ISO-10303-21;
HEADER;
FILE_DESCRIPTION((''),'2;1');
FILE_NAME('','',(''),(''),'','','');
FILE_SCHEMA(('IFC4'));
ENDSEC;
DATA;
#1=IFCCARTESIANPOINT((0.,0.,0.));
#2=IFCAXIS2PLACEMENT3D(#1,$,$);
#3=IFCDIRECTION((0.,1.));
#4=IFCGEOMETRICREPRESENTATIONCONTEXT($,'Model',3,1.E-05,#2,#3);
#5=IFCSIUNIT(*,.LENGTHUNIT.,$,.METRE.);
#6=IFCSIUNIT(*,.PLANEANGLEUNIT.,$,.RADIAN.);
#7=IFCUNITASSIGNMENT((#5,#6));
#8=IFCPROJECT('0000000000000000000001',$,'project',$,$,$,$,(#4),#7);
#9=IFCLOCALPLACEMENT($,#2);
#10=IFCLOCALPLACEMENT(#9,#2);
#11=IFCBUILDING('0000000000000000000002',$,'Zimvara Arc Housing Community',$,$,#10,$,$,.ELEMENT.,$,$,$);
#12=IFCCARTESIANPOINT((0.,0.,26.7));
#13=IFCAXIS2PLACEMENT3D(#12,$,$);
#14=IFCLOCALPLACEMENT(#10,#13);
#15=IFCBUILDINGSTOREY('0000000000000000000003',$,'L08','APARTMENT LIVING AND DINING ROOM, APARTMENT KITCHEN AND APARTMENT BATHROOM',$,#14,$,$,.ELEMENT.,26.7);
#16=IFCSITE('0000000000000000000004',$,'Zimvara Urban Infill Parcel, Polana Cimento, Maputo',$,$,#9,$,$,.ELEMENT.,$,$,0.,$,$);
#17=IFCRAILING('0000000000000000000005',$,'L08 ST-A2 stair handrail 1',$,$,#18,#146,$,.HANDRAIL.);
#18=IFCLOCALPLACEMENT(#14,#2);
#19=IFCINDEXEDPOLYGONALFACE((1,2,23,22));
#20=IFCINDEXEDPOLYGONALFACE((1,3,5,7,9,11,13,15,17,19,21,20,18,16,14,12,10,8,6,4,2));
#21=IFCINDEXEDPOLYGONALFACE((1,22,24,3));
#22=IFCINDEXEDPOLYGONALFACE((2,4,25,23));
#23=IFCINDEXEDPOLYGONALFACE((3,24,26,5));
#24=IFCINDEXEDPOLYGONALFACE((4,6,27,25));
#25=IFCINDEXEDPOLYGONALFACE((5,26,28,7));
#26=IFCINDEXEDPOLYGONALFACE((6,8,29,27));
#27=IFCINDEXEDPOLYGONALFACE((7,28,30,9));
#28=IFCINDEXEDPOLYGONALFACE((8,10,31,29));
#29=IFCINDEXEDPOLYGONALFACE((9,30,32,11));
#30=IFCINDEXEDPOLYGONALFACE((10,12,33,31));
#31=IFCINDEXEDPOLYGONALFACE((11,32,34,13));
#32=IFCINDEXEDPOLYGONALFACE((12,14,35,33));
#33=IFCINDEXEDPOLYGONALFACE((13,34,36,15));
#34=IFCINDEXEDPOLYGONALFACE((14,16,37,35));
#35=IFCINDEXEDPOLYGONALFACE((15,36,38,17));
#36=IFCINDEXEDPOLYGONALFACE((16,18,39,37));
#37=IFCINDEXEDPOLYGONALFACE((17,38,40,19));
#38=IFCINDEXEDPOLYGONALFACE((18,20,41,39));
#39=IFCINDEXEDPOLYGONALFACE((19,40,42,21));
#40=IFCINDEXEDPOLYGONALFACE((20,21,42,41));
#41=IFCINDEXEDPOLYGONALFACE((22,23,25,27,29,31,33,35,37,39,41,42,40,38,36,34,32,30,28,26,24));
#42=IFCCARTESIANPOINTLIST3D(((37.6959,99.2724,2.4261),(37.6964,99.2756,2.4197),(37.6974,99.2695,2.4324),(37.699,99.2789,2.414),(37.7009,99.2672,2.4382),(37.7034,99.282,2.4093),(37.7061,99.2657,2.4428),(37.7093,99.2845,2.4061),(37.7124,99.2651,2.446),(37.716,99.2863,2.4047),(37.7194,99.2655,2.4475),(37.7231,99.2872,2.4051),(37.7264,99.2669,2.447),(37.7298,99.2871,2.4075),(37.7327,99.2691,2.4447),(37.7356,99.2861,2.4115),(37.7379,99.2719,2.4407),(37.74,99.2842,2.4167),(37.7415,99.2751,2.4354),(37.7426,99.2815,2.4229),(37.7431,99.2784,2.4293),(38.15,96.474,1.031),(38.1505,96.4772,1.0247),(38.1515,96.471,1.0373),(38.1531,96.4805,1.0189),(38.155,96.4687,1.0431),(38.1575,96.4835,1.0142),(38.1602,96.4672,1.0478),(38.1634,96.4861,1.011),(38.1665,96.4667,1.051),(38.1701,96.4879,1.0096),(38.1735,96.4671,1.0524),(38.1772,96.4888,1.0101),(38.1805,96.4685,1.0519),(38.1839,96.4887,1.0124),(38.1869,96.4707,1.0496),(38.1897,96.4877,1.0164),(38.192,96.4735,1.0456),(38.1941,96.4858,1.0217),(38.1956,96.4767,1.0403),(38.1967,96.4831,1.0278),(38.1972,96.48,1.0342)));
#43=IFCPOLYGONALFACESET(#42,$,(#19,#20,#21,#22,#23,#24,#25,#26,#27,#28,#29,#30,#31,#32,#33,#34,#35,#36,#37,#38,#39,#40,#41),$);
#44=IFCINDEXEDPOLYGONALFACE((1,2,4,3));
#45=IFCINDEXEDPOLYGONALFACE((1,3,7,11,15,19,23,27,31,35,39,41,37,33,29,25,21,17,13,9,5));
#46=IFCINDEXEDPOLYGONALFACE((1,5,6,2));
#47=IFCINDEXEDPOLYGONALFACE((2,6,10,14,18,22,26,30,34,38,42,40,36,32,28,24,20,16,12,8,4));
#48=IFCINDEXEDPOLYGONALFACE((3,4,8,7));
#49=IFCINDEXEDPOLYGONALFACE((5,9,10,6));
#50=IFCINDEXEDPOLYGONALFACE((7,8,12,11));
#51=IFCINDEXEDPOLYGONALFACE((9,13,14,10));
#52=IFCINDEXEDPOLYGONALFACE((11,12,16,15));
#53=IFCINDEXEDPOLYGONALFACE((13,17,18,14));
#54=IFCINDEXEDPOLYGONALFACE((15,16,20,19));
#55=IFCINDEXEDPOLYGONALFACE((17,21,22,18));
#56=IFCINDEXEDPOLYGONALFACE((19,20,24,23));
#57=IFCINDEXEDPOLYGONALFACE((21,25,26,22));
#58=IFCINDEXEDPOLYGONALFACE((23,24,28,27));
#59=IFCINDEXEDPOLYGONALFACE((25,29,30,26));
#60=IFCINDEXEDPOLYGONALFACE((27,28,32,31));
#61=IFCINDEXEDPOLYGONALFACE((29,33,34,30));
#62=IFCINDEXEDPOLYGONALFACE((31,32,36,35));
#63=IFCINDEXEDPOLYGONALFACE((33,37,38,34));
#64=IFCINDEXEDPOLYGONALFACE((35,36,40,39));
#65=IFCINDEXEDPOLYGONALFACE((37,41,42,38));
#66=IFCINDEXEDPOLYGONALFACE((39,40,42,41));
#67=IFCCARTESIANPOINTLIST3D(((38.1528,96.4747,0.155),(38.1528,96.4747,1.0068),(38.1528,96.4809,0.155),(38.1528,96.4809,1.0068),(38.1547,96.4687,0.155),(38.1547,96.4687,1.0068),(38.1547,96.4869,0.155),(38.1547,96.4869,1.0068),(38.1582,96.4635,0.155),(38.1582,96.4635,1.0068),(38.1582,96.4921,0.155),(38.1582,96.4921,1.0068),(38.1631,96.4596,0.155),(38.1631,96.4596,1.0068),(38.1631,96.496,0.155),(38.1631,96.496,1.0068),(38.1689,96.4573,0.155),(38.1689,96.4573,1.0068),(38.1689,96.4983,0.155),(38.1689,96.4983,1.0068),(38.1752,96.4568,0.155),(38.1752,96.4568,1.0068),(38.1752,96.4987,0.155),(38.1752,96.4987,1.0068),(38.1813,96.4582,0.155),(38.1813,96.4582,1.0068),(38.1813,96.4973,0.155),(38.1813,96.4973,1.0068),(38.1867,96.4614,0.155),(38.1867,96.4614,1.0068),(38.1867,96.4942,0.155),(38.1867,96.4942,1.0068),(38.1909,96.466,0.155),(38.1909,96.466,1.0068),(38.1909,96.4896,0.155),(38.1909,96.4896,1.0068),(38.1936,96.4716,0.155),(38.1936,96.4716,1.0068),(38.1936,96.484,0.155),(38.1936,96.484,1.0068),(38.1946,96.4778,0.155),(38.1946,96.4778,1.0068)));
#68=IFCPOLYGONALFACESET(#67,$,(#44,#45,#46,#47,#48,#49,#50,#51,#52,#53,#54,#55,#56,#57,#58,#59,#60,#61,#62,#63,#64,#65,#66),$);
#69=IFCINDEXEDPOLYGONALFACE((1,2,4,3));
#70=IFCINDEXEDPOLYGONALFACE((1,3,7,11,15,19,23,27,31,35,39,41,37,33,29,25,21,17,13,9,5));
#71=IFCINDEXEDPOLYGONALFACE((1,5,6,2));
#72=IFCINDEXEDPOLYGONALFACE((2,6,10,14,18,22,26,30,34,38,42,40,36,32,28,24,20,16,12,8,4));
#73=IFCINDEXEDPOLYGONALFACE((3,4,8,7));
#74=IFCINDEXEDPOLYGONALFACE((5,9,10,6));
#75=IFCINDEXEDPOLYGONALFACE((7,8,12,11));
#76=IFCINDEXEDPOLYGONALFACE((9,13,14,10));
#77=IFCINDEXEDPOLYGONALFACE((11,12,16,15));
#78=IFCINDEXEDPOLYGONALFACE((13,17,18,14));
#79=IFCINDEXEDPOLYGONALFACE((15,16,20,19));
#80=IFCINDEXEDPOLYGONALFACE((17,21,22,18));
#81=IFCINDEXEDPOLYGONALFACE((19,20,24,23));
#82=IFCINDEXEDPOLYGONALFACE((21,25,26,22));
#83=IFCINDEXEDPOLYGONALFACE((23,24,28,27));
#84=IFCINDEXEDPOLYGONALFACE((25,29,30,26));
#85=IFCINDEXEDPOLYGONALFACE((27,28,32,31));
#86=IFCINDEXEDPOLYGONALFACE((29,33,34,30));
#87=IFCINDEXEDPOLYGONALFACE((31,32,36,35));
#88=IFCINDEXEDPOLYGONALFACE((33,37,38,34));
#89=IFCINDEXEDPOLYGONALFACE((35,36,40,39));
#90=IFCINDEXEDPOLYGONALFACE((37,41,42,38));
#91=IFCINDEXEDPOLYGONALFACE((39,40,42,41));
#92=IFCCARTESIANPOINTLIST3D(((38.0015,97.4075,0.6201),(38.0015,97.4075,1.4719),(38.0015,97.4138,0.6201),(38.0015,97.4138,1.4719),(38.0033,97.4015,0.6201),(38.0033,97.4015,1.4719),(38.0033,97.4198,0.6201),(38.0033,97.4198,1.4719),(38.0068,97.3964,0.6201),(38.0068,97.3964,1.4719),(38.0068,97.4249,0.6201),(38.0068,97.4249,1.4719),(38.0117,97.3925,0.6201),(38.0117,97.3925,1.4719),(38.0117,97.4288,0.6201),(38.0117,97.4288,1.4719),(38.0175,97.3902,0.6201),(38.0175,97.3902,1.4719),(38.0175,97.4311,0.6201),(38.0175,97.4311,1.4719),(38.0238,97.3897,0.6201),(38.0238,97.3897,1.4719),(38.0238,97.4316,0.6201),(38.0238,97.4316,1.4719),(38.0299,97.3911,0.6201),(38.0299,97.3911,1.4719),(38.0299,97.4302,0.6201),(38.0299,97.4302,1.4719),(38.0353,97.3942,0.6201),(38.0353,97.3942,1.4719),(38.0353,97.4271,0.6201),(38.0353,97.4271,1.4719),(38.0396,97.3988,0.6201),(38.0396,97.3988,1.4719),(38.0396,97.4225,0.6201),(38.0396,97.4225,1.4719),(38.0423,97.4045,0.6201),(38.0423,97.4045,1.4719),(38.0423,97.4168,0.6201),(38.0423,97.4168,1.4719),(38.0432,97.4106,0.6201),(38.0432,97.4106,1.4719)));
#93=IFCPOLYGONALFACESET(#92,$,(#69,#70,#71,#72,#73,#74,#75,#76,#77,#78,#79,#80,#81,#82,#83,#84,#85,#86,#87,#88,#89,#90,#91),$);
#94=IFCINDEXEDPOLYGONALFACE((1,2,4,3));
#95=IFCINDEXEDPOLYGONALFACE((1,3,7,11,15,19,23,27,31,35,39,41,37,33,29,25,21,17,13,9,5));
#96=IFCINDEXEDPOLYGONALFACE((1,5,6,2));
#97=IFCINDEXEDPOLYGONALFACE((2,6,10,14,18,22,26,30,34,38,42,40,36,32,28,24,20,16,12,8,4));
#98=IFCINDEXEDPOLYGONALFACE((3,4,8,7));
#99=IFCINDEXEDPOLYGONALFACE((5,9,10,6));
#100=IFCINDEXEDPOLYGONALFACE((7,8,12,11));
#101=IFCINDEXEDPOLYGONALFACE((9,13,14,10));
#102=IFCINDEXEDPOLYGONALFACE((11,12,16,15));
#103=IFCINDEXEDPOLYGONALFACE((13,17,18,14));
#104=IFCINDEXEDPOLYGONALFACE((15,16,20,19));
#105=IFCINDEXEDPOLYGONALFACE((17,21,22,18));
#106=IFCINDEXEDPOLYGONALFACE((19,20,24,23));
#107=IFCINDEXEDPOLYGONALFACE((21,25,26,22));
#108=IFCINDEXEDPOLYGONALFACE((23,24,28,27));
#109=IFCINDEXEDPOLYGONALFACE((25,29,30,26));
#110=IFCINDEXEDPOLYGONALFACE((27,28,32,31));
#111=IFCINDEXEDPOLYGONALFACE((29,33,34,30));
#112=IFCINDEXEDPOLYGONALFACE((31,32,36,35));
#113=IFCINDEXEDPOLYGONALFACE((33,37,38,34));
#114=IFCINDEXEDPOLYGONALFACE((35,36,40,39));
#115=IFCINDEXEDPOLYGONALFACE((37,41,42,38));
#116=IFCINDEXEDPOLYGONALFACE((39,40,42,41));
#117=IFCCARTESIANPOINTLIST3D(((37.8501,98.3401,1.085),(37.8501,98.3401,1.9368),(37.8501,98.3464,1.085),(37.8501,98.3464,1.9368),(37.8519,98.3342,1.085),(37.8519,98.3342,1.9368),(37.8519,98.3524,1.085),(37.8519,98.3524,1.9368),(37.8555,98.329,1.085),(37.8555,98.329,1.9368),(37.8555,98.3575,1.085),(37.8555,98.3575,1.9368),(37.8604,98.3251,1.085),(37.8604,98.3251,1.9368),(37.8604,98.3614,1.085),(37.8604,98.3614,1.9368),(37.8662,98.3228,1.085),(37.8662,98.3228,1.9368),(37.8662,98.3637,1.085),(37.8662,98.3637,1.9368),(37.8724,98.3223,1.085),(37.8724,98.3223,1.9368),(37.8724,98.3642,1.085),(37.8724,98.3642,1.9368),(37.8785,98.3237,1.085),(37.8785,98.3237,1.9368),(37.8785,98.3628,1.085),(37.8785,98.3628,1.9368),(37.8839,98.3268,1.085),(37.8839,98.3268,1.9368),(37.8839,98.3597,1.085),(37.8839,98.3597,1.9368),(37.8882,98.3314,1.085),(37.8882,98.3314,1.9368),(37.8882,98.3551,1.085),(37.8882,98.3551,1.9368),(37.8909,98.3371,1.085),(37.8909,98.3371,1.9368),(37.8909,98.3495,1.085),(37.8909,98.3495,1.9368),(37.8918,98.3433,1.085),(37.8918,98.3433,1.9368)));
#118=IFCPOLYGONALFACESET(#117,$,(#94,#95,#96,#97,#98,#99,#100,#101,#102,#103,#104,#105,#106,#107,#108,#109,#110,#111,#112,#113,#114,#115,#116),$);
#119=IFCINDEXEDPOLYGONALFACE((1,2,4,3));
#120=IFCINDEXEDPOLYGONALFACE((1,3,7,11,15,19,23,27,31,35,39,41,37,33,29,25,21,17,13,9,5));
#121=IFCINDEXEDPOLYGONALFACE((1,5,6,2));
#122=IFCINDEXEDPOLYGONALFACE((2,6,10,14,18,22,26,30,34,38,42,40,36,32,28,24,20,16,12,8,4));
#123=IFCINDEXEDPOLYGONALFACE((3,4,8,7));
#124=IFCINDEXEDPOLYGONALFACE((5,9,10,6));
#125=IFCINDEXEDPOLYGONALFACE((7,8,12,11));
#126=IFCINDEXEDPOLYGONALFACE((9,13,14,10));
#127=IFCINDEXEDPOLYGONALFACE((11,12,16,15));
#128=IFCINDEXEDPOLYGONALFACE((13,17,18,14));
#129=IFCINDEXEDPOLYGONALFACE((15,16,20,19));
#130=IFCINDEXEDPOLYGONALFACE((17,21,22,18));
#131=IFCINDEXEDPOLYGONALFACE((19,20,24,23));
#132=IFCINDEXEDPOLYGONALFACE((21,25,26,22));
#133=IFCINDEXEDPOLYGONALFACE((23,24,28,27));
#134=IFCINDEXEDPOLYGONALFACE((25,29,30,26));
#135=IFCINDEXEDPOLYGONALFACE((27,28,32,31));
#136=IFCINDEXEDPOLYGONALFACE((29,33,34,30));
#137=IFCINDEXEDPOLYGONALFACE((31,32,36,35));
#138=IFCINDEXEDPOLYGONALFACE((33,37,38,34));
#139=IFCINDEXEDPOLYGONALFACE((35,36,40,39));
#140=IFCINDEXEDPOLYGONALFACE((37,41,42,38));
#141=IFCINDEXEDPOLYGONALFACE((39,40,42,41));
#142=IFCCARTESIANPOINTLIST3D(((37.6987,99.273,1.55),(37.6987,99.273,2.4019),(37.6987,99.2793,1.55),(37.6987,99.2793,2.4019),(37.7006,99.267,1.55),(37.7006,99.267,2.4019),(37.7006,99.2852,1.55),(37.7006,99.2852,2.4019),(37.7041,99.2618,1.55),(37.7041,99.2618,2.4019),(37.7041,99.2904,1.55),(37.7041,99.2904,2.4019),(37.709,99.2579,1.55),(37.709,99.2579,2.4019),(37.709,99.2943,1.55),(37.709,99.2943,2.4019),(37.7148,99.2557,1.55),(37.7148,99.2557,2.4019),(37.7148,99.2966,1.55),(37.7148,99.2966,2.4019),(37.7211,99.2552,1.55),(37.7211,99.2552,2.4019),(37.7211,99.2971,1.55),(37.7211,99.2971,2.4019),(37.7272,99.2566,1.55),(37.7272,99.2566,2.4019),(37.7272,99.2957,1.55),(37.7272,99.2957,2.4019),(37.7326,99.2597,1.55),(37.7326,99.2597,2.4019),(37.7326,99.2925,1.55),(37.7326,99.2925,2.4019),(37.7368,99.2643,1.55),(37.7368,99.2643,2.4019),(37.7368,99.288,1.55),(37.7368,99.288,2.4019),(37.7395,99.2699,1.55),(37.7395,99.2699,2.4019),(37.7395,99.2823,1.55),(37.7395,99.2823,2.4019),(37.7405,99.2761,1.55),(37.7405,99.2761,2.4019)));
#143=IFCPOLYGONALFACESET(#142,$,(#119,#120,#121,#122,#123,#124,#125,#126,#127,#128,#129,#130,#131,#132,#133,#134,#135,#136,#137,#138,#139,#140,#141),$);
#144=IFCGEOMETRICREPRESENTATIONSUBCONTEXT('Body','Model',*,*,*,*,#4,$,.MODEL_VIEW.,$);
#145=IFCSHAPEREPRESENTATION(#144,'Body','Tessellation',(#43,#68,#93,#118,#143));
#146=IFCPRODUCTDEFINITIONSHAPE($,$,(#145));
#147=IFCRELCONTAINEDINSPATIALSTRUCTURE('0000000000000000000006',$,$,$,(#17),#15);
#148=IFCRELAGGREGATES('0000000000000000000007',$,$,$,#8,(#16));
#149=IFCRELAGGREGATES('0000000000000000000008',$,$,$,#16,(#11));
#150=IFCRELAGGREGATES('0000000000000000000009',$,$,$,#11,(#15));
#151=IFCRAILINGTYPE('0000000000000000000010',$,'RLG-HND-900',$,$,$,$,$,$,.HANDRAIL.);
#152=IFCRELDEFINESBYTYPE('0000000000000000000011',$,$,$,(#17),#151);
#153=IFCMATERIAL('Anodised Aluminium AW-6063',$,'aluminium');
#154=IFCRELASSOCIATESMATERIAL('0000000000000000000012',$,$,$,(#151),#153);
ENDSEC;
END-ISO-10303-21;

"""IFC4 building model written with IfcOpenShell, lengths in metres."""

from ifc_helpers import new_model, si_unit, direction, frame, origin, origin_2d, place, context, subcontext, project, spatial, circle, extrude, material, type_object, element, save


model = new_model("IFC4")

# Units and contexts
model_context = context("Model", 3, precision=1e-05, world=origin(), true_north=direction((0.0, 1.0)))
body_context = subcontext(model_context, "Body", "Model", "MODEL_VIEW")
ifc_project = project(units=[si_unit("LENGTHUNIT", "METRE"), si_unit("PLANEANGLEUNIT", "RADIAN")], contexts=[model_context])

# Site, building, storey
site_placement = place(None, origin())
site = spatial("IfcSite", under=ifc_project, at=site_placement, Name="Zimvara Urban Infill Parcel, Polana Cimento, Maputo", CompositionType="ELEMENT", RefElevation=0.0)
building_placement = place(site_placement, origin())
building = spatial("IfcBuilding", under=site, at=building_placement, Name="Zimvara Arc Housing Community", CompositionType="ELEMENT")
storey_placement = place(building_placement, frame((0.0, 0.0, 26.7)))
storey = spatial("IfcBuildingStorey", under=building, at=storey_placement, Name="L08", Description="APARTMENT LIVING AND DINING ROOM, APARTMENT KITCHEN AND APARTMENT BATHROOM", CompositionType="ELEMENT", Elevation=26.7)

# Railing
ifc_material_1 = material(Name="Anodised Aluminium AW-6063", Category="aluminium")
railing_type_1 = type_object("IfcRailingType", Name="RLG-HND-900", PredefinedType="HANDRAIL", material=ifc_material_1)
railing_1_placement = place(storey_placement, frame((38.1736, 96.4778, 0.155)))
element("IfcRailing", 1, at=railing_1_placement, inside=storey, type_object=railing_type_1, Name="L08 ST-A2 stair handrail 1", PredefinedType="HANDRAIL", context=body_context, shape_type="SweptSolid", body=[
    extrude(circle(Radius=0.0239, at=origin_2d()), frame((0.0, 0.0, 0.876), z_axis=(-0.143722, 0.885666, 0.44152), x_axis=(-0.987088, -0.16018, 0.0)), (0.0, 0.0, 1.0), 3.1597),
    extrude(circle(Radius=0.021, at=origin_2d()), origin(), (0.0, 0.0, 1.0), 0.8518),
    extrude(circle(Radius=0.021, at=origin_2d()), frame((-0.1514, 0.9329, 0.4651)), (0.0, 0.0, 1.0), 0.8518),
    extrude(circle(Radius=0.021, at=origin_2d()), frame((-0.3027, 1.8655, 0.9299)), (0.0, 0.0, 1.0), 0.8518),
    extrude(circle(Radius=0.021, at=origin_2d()), frame((-0.4541, 2.7983, 1.395)), (0.0, 0.0, 1.0), 0.8518),
])

save(model, "model.ifc")
